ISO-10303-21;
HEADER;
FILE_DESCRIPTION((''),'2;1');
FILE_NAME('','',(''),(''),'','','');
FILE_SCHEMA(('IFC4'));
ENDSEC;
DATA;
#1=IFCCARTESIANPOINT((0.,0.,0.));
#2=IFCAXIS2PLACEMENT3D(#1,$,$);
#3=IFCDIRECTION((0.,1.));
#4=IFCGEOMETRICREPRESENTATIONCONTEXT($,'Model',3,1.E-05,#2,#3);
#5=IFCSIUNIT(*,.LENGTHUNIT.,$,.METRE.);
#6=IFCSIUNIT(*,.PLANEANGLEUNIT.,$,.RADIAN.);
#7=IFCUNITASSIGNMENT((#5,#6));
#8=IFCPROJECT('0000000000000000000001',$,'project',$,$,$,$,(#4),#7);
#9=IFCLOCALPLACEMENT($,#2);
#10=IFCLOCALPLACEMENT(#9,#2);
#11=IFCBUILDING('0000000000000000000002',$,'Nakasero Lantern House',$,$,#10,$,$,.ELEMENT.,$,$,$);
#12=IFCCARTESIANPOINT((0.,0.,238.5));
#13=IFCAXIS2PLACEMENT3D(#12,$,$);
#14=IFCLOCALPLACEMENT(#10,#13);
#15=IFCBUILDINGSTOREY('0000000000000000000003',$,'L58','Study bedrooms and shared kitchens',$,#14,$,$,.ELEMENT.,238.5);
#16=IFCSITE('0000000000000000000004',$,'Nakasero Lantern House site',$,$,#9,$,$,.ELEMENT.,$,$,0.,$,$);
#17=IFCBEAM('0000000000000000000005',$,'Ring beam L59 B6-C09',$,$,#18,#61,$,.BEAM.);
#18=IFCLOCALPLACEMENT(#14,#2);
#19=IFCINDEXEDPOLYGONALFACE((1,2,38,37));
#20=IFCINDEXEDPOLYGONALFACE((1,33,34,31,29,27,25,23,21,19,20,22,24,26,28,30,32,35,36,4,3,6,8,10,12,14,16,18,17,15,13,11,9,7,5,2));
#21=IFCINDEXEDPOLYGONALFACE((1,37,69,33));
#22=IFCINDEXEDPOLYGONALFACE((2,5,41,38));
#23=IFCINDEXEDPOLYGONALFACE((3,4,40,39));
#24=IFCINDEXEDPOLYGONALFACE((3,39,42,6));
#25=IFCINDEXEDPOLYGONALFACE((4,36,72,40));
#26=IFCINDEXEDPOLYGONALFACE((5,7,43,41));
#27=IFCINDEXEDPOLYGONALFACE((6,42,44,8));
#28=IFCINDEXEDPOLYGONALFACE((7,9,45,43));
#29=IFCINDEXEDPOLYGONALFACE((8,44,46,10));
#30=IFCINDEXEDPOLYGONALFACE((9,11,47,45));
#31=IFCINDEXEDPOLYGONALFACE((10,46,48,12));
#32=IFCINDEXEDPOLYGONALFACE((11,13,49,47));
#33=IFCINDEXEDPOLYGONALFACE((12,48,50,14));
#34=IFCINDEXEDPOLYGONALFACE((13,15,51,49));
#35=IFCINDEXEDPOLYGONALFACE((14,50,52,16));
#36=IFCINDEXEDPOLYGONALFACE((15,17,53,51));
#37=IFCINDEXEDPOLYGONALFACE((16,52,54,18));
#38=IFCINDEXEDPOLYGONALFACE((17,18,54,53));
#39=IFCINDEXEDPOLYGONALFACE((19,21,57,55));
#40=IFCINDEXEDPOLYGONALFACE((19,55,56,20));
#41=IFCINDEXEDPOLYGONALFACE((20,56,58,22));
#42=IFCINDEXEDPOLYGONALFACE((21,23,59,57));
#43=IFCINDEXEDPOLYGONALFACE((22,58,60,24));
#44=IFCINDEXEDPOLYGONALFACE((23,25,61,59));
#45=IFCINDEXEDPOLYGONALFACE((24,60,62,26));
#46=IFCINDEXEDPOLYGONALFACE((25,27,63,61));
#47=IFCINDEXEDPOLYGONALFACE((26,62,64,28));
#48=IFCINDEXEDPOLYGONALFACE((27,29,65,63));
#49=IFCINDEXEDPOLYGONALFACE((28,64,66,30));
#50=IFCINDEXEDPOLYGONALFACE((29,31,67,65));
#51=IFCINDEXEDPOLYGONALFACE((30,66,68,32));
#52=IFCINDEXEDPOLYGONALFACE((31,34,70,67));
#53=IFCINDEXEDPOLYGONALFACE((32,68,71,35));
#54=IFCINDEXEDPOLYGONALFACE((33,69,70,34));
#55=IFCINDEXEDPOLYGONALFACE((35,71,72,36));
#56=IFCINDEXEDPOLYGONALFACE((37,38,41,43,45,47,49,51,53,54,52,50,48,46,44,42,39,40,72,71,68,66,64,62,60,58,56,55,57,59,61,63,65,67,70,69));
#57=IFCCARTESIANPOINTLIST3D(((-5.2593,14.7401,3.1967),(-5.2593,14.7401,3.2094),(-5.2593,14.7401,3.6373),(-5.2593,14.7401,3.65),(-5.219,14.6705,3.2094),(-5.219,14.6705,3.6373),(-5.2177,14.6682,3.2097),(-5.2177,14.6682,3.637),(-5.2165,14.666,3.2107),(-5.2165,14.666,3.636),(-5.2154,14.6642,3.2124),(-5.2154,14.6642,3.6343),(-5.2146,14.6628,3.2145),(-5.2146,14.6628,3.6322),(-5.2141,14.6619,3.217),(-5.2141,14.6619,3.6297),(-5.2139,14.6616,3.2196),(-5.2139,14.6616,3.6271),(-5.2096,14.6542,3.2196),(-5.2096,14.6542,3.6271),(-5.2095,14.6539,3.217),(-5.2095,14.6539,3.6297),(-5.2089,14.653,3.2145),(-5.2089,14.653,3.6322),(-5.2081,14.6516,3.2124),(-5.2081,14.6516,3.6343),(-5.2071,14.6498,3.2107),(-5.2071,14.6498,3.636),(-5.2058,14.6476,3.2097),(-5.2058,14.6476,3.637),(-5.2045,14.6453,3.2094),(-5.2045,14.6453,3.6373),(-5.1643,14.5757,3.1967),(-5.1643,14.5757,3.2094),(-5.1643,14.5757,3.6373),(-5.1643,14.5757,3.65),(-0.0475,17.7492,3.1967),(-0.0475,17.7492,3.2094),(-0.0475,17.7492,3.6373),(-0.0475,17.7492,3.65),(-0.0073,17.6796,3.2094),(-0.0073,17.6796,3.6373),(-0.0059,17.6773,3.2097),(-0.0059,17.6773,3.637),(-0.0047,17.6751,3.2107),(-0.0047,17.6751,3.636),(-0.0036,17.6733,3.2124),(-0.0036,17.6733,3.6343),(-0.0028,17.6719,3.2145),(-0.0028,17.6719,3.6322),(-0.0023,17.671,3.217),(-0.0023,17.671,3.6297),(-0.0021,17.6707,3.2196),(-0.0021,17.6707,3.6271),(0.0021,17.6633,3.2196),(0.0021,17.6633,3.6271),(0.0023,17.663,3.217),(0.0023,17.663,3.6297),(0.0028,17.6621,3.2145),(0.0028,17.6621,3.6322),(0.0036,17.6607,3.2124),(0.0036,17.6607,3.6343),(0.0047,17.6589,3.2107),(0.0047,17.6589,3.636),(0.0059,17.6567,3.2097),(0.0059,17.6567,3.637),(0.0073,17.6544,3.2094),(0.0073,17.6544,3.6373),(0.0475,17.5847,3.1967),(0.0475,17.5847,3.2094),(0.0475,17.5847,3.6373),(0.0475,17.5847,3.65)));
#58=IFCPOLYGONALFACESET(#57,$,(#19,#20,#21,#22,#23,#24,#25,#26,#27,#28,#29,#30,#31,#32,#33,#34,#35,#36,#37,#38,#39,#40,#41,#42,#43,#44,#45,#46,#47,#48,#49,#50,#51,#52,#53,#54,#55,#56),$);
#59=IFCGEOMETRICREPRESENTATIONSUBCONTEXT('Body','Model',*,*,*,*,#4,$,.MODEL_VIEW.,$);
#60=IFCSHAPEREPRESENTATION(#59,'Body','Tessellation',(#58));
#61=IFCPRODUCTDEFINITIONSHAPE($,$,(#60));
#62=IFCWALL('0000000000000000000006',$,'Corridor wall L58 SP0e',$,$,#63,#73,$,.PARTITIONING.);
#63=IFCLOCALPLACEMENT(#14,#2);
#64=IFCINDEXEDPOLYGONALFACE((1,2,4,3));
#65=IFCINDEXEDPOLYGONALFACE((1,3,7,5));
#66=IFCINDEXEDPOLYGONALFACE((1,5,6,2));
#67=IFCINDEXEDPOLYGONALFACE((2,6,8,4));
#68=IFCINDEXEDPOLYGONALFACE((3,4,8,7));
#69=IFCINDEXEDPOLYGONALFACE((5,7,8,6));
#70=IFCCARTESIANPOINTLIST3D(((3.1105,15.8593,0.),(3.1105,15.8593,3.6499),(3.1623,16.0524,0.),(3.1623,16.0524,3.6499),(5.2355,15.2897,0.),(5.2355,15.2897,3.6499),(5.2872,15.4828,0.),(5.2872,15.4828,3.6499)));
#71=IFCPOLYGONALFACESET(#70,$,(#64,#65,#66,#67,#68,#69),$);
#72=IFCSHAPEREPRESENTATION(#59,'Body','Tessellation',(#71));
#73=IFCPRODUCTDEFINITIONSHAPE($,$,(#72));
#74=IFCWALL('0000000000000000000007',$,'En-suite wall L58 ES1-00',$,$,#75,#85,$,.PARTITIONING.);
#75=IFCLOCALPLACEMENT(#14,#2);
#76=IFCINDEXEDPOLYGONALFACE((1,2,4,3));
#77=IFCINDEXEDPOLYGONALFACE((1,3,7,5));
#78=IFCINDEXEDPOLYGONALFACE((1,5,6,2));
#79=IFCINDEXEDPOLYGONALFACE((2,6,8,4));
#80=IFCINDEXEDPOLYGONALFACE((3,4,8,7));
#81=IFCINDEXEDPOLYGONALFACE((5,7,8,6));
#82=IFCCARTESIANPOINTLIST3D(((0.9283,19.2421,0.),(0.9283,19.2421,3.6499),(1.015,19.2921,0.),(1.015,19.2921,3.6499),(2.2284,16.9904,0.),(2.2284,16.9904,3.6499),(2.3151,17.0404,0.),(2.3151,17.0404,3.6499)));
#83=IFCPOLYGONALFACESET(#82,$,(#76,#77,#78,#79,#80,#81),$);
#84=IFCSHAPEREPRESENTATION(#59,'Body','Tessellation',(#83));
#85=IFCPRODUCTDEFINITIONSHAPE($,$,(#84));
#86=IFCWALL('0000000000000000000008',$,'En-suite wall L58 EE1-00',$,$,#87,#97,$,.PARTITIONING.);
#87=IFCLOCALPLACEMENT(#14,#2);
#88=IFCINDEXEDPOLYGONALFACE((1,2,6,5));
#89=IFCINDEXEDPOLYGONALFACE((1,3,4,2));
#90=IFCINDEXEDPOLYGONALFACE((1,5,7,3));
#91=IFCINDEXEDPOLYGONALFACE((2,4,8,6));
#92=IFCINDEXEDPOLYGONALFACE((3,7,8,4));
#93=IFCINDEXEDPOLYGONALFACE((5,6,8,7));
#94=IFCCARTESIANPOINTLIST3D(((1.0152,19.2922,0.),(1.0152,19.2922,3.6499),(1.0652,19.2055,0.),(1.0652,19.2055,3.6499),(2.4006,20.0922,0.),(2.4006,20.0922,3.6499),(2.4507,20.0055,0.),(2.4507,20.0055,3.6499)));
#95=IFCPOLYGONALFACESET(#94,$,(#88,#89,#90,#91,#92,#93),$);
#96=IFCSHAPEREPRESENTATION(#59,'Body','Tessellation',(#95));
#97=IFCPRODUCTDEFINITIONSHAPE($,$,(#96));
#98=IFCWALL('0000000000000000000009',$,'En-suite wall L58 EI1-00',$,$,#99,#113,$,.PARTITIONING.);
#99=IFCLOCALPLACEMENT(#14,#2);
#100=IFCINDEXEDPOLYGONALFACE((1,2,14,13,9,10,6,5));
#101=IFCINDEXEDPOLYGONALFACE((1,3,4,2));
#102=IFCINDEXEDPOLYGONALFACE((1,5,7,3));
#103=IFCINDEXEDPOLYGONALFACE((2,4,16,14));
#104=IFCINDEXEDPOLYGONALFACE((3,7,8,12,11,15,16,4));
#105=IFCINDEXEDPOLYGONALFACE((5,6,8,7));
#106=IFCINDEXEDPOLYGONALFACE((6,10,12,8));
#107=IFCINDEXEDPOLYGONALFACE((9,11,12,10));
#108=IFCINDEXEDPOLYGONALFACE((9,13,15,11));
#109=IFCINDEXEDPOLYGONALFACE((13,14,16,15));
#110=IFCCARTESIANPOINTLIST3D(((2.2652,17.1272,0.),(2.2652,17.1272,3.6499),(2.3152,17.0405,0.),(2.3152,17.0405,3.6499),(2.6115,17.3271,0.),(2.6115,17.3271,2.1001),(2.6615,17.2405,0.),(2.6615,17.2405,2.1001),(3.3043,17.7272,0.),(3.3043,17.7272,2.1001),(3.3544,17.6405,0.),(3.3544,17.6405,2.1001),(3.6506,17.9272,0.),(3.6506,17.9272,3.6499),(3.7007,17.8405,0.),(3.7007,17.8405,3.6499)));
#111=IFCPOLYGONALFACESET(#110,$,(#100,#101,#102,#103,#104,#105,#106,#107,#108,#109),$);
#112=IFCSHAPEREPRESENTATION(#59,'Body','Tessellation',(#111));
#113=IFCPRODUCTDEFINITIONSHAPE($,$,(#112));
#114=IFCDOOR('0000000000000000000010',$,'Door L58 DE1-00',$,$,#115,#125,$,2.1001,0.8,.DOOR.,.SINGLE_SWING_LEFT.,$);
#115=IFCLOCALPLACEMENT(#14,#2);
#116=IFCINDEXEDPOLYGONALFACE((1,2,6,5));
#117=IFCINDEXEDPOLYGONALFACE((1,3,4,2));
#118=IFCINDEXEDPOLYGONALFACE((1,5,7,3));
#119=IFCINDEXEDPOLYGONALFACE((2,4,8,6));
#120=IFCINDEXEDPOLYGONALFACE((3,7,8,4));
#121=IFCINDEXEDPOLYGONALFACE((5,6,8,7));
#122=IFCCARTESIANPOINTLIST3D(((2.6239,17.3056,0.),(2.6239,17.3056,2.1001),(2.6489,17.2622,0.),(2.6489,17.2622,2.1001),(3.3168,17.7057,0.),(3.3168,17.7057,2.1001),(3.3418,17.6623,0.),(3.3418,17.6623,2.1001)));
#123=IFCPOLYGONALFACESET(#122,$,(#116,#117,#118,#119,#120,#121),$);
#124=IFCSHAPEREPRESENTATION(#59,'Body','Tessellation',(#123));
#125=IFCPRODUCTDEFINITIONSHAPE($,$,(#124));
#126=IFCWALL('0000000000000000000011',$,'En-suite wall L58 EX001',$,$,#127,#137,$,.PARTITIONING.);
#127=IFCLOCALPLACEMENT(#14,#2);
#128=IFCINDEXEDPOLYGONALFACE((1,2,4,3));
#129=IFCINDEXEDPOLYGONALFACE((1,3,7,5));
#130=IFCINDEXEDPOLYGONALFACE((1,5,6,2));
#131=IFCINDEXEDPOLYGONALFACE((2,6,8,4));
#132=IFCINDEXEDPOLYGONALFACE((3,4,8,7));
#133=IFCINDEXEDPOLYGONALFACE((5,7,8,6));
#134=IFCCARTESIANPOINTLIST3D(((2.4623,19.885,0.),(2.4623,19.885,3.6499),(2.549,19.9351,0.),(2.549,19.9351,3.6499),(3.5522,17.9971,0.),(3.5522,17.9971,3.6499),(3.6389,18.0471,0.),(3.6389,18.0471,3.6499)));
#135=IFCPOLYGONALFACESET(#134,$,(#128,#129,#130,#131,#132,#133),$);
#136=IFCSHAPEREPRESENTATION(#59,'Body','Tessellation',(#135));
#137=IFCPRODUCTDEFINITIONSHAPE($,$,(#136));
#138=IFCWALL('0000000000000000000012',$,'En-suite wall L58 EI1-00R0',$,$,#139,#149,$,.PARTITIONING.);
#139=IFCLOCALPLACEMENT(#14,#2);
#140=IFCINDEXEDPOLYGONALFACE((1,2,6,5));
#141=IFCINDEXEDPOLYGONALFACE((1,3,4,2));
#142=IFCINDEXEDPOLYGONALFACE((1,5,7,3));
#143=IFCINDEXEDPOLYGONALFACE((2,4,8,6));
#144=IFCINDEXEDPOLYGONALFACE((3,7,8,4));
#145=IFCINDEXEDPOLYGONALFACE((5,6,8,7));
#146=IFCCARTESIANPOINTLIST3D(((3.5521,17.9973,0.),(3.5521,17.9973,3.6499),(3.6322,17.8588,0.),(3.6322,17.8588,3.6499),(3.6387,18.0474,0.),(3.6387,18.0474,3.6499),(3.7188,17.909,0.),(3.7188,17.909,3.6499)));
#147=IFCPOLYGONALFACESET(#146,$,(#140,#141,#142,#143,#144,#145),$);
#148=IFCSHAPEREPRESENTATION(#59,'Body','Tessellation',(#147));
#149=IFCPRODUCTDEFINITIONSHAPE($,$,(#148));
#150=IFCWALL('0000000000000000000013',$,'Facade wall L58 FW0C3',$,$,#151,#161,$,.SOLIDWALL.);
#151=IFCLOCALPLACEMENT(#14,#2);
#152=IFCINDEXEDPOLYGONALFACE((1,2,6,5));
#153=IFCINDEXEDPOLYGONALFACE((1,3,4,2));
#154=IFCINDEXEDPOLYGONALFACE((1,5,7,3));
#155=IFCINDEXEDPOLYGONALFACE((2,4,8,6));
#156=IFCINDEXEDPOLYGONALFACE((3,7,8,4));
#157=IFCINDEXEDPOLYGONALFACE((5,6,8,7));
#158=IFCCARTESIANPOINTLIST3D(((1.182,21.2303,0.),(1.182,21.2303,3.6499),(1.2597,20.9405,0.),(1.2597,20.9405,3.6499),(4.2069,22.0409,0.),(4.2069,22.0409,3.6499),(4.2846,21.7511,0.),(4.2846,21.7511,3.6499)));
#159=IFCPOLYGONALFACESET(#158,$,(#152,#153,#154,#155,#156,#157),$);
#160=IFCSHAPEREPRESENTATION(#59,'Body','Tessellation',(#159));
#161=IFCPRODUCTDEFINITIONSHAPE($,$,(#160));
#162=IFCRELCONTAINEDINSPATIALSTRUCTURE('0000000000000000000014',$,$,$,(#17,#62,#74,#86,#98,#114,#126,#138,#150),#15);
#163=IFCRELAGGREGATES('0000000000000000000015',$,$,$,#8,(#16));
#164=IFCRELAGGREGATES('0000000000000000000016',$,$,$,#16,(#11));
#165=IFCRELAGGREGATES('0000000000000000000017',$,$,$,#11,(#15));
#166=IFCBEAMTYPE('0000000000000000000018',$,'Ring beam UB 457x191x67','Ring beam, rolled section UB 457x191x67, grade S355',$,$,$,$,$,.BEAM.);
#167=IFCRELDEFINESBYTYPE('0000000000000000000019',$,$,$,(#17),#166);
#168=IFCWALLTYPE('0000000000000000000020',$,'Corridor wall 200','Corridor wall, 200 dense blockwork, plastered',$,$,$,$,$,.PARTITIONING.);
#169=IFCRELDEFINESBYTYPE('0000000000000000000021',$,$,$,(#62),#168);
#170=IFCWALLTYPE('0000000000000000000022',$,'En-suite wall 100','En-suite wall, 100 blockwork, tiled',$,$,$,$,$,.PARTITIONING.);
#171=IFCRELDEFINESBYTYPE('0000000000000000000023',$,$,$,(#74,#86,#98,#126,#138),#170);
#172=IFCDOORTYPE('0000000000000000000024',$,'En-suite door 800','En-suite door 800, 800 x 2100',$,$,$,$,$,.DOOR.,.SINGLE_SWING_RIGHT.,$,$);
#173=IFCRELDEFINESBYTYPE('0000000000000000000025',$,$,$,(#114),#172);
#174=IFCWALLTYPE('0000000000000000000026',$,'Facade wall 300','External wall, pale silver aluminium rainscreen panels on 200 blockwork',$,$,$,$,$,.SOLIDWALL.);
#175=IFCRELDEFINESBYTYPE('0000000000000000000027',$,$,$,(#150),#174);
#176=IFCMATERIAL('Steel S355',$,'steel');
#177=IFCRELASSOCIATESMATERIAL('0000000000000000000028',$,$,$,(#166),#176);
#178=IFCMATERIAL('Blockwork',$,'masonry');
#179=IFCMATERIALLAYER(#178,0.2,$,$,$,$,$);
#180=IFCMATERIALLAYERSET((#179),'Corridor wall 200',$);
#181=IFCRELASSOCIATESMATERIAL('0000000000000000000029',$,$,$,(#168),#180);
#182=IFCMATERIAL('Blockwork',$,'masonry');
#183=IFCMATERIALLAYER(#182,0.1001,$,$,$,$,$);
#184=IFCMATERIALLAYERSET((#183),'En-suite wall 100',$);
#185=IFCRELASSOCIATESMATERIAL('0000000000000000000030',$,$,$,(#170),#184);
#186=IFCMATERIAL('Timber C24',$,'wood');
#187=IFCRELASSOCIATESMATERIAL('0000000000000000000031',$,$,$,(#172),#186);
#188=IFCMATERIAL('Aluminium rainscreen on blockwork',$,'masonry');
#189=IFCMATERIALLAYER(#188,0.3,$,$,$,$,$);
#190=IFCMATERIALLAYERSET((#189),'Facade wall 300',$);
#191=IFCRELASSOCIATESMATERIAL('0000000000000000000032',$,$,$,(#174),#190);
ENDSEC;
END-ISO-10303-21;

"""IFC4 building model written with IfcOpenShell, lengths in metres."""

from ifc_helpers import new_model, si_unit, direction, frame, frame_2d, origin, origin_2d, place, context, subcontext, project, spatial, rectangle, i_section, extrude, material, layer, layer_set, material_profile, profile_set, type_object, element, fill, save


model = new_model("IFC4")

# Units and contexts
model_context = context("Model", 3, precision=1e-05, world=origin(), true_north=direction((0.0, 1.0)))
body_context = subcontext(model_context, "Body", "Model", "MODEL_VIEW")
ifc_project = project(units=[si_unit("LENGTHUNIT", "METRE"), si_unit("PLANEANGLEUNIT", "RADIAN")], contexts=[model_context])

# Site, building, storey
site_placement = place(None, origin())
site = spatial("IfcSite", under=ifc_project, at=site_placement, Name="Nakasero Lantern House site", CompositionType="ELEMENT", RefElevation=0.0)
building_placement = place(site_placement, origin())
building = spatial("IfcBuilding", under=site, at=building_placement, Name="Nakasero Lantern House", CompositionType="ELEMENT")
storey_placement = place(building_placement, frame((0.0, 0.0, 238.5)))
storey = spatial("IfcBuildingStorey", under=building, at=storey_placement, Name="L58", Description="Study bedrooms and shared kitchens", CompositionType="ELEMENT", Elevation=238.5)

# Beam
ifc_material_1 = material(Name="Steel S355", Category="steel")
ifc_material_profile = material_profile(ifc_material_1, i_section(OverallWidth=0.1899, OverallDepth=0.4534, WebThickness=0.0085, FlangeThickness=0.0127, FilletRadius=0.0103, at=origin_2d()), Name="UB 457x191x67")
ifc_profile_set = profile_set([ifc_material_profile], Name="Steel S355")
beam_type = type_object("IfcBeamType", Name="Ring beam UB 457x191x67", Description="Ring beam, rolled section UB 457x191x67, grade S355", PredefinedType="BEAM", material=ifc_profile_set)
beam_placement = place(storey_placement, frame((0.0, 17.667, 3.4233), z_axis=(-0.86602, -0.500009, 0.0), x_axis=(0.500009, -0.86602, 0.0)))
element("IfcBeam", 1, at=beam_placement, inside=storey, type_object=beam_type, Name="Ring beam L59 B6-C09", PredefinedType="BEAM", context=body_context, shape_type="SweptSolid", body=[
    extrude(i_section(OverallWidth=0.1899, OverallDepth=0.4534, WebThickness=0.0085, FlangeThickness=0.0127, FilletRadius=0.0103, at=origin_2d()), origin(), (0.0, 0.0, 1.0), 6.0181),
])

# Walls
ifc_material_2 = material(Name="Blockwork", Category="masonry")
ifc_layer_1 = layer(ifc_material_2, 0.2)
ifc_layer_set_1 = layer_set([ifc_layer_1], Name="Corridor wall 200")
wall_type_1 = type_object("IfcWallType", Name="Corridor wall 200", Description="Corridor wall, 200 dense blockwork, plastered", PredefinedType="PARTITIONING", material=ifc_layer_set_1)
wall_1_placement = place(storey_placement, frame((5.2615, 15.3862, 0.0), z_axis=(0.0, 0.0, 1.0), x_axis=(-0.965904, 0.258899, 0.0)))
element("IfcWall", 2, at=wall_1_placement, inside=storey, type_object=wall_type_1, Name="Corridor wall L58 SP0e", PredefinedType="PARTITIONING", context=body_context, shape_type="SweptSolid", body=[
    extrude(rectangle(XDim=2.2, YDim=0.2, at=frame_2d((1.1001, 0.0))), origin(), (0.0, 0.0, 1.0), 3.6499),
])
ifc_material_3 = material(Name="Blockwork", Category="masonry")
ifc_layer_2 = layer(ifc_material_3, 0.1001)
ifc_layer_set_2 = layer_set([ifc_layer_2], Name="En-suite wall 100")
wall_type_2 = type_object("IfcWallType", Name="En-suite wall 100", Description="En-suite wall, 100 blockwork, tiled", PredefinedType="PARTITIONING", material=ifc_layer_set_2)
wall_2_placement = place(storey_placement, frame((2.2717, 17.0154, 0.0), z_axis=(0.0, 0.0, 1.0), x_axis=(-0.500007, 0.866021, 0.0)))
element("IfcWall", 3, at=wall_2_placement, inside=storey, type_object=wall_type_2, Name="En-suite wall L58 ES1-00", PredefinedType="PARTITIONING", context=body_context, shape_type="SweptSolid", body=[
    extrude(rectangle(XDim=2.6001, YDim=0.1001, at=frame_2d((1.3, 0.0))), origin(), (0.0, 0.0, 1.0), 3.6499),
])
wall_3_placement = place(storey_placement, frame((2.4255, 20.0488, 0.0), z_axis=(0.0, 0.0, 1.0), x_axis=(-0.86599, -0.500061, 0.0)))
element("IfcWall", 4, at=wall_3_placement, inside=storey, type_object=wall_type_2, Name="En-suite wall L58 EE1-00", PredefinedType="PARTITIONING", context=body_context, shape_type="SweptSolid", body=[
    extrude(rectangle(XDim=1.5999, YDim=0.1001, at=frame_2d((0.7998, 0.0))), origin(), (0.0, 0.0, 1.0), 3.6499),
])

# Wall, opening, door
wall_4_placement = place(storey_placement, frame((3.6755, 17.8838, 0.0), z_axis=(0.0, 0.0, 1.0), x_axis=(-0.86599, -0.500061, 0.0)))
wall_4 = element("IfcWall", 5, at=wall_4_placement, inside=storey, type_object=wall_type_2, Name="En-suite wall L58 EI1-00", PredefinedType="PARTITIONING", context=body_context, shape_type="SweptSolid", body=[
    extrude(rectangle(XDim=1.5999, YDim=0.1001, at=frame_2d((0.7998, 0.0))), origin(), (0.0, 0.0, 1.0), 3.6499),
])
opening_1_placement = place(wall_4_placement, frame((0.3999, 0.0, 0.0)))
opening_1 = element("IfcOpeningElement", 6, at=opening_1_placement, cuts=wall_4, PredefinedType="OPENING", context=body_context, shape_type="SweptSolid", body=[
    extrude(rectangle(XDim=0.8, YDim=2.1001, at=frame_2d((0.3999, 1.05))), frame((0.0, 0.0701, 0.0), z_axis=(0.0, -1.0, 0.0), x_axis=(1.0, 0.0, 0.0)), (0.0, 0.0, 1.0), 0.1401),
])
ifc_material_4 = material(Name="Timber C24", Category="wood")
door_type_1 = type_object("IfcDoorType", Name="En-suite door 800", Description="En-suite door 800, 800 x 2100", OperationType="SINGLE_SWING_RIGHT", PredefinedType="DOOR", material=ifc_material_4)
door_1_placement = place(opening_1_placement, origin())
door_1 = element("IfcDoor", 7, at=door_1_placement, inside=storey, type_object=door_type_1, Name="Door L58 DE1-00", OperationType="SINGLE_SWING_LEFT", OverallHeight=2.1001, OverallWidth=0.8, PredefinedType="DOOR", context=body_context, shape_type="SweptSolid", body=[
    extrude(rectangle(XDim=0.8, YDim=2.1001, at=frame_2d((0.3999, 1.05))), frame((0.0, 0.0249, 0.0), z_axis=(0.0, -1.0, 0.0), x_axis=(1.0, 0.0, 0.0)), (0.0, 0.0, 1.0), 0.05),
])
fill(opening_1, door_1)

# Walls
wall_5_placement = place(storey_placement, frame((3.5955, 18.0222, 0.0), z_axis=(0.0, 0.0, 1.0), x_axis=(-0.499945, 0.866057, 0.0)))
element("IfcWall", 8, at=wall_5_placement, inside=storey, type_object=wall_type_2, Name="En-suite wall L58 EX001", PredefinedType="PARTITIONING", context=body_context, shape_type="SweptSolid", body=[
    extrude(rectangle(XDim=2.1799, YDim=0.1001, at=frame_2d((1.0898, 0.0))), origin(), (0.0, 0.0, 1.0), 3.6499),
])
wall_6_placement = place(storey_placement, frame((3.6755, 17.8838, 0.0), z_axis=(0.0, 0.0, 1.0), x_axis=(-0.500735, 0.8656, 0.0)))
element("IfcWall", 9, at=wall_6_placement, inside=storey, type_object=wall_type_2, Name="En-suite wall L58 EI1-00R0", PredefinedType="PARTITIONING", context=body_context, shape_type="SweptSolid", body=[
    extrude(rectangle(XDim=0.1599, YDim=0.1001, at=frame_2d((0.0801, 0.0))), origin(), (0.0, 0.0, 1.0), 3.6499),
])
ifc_material_5 = material(Name="Aluminium rainscreen on blockwork", Category="masonry")
ifc_layer_3 = layer(ifc_material_5, 0.3)
ifc_layer_set_3 = layer_set([ifc_layer_3], Name="Facade wall 300")
wall_type_3 = type_object("IfcWallType", Name="Facade wall 300", Description="External wall, pale silver aluminium rainscreen panels on 200 blockwork", PredefinedType="SOLIDWALL", material=ifc_layer_set_3)
wall_7_placement = place(storey_placement, frame((4.2458, 21.896, 0.0), z_axis=(0.0, 0.0, 1.0), x_axis=(-0.965924, -0.258827, 0.0)))
element("IfcWall", 10, at=wall_7_placement, inside=storey, type_object=wall_type_3, Name="Facade wall L58 FW0C3", PredefinedType="SOLIDWALL", context=body_context, shape_type="SweptSolid", body=[
    extrude(rectangle(XDim=3.1316, YDim=0.3, at=frame_2d((1.5659, 0.0))), origin(), (0.0, 0.0, 1.0), 3.6499),
])

save(model, "model.ifc")
